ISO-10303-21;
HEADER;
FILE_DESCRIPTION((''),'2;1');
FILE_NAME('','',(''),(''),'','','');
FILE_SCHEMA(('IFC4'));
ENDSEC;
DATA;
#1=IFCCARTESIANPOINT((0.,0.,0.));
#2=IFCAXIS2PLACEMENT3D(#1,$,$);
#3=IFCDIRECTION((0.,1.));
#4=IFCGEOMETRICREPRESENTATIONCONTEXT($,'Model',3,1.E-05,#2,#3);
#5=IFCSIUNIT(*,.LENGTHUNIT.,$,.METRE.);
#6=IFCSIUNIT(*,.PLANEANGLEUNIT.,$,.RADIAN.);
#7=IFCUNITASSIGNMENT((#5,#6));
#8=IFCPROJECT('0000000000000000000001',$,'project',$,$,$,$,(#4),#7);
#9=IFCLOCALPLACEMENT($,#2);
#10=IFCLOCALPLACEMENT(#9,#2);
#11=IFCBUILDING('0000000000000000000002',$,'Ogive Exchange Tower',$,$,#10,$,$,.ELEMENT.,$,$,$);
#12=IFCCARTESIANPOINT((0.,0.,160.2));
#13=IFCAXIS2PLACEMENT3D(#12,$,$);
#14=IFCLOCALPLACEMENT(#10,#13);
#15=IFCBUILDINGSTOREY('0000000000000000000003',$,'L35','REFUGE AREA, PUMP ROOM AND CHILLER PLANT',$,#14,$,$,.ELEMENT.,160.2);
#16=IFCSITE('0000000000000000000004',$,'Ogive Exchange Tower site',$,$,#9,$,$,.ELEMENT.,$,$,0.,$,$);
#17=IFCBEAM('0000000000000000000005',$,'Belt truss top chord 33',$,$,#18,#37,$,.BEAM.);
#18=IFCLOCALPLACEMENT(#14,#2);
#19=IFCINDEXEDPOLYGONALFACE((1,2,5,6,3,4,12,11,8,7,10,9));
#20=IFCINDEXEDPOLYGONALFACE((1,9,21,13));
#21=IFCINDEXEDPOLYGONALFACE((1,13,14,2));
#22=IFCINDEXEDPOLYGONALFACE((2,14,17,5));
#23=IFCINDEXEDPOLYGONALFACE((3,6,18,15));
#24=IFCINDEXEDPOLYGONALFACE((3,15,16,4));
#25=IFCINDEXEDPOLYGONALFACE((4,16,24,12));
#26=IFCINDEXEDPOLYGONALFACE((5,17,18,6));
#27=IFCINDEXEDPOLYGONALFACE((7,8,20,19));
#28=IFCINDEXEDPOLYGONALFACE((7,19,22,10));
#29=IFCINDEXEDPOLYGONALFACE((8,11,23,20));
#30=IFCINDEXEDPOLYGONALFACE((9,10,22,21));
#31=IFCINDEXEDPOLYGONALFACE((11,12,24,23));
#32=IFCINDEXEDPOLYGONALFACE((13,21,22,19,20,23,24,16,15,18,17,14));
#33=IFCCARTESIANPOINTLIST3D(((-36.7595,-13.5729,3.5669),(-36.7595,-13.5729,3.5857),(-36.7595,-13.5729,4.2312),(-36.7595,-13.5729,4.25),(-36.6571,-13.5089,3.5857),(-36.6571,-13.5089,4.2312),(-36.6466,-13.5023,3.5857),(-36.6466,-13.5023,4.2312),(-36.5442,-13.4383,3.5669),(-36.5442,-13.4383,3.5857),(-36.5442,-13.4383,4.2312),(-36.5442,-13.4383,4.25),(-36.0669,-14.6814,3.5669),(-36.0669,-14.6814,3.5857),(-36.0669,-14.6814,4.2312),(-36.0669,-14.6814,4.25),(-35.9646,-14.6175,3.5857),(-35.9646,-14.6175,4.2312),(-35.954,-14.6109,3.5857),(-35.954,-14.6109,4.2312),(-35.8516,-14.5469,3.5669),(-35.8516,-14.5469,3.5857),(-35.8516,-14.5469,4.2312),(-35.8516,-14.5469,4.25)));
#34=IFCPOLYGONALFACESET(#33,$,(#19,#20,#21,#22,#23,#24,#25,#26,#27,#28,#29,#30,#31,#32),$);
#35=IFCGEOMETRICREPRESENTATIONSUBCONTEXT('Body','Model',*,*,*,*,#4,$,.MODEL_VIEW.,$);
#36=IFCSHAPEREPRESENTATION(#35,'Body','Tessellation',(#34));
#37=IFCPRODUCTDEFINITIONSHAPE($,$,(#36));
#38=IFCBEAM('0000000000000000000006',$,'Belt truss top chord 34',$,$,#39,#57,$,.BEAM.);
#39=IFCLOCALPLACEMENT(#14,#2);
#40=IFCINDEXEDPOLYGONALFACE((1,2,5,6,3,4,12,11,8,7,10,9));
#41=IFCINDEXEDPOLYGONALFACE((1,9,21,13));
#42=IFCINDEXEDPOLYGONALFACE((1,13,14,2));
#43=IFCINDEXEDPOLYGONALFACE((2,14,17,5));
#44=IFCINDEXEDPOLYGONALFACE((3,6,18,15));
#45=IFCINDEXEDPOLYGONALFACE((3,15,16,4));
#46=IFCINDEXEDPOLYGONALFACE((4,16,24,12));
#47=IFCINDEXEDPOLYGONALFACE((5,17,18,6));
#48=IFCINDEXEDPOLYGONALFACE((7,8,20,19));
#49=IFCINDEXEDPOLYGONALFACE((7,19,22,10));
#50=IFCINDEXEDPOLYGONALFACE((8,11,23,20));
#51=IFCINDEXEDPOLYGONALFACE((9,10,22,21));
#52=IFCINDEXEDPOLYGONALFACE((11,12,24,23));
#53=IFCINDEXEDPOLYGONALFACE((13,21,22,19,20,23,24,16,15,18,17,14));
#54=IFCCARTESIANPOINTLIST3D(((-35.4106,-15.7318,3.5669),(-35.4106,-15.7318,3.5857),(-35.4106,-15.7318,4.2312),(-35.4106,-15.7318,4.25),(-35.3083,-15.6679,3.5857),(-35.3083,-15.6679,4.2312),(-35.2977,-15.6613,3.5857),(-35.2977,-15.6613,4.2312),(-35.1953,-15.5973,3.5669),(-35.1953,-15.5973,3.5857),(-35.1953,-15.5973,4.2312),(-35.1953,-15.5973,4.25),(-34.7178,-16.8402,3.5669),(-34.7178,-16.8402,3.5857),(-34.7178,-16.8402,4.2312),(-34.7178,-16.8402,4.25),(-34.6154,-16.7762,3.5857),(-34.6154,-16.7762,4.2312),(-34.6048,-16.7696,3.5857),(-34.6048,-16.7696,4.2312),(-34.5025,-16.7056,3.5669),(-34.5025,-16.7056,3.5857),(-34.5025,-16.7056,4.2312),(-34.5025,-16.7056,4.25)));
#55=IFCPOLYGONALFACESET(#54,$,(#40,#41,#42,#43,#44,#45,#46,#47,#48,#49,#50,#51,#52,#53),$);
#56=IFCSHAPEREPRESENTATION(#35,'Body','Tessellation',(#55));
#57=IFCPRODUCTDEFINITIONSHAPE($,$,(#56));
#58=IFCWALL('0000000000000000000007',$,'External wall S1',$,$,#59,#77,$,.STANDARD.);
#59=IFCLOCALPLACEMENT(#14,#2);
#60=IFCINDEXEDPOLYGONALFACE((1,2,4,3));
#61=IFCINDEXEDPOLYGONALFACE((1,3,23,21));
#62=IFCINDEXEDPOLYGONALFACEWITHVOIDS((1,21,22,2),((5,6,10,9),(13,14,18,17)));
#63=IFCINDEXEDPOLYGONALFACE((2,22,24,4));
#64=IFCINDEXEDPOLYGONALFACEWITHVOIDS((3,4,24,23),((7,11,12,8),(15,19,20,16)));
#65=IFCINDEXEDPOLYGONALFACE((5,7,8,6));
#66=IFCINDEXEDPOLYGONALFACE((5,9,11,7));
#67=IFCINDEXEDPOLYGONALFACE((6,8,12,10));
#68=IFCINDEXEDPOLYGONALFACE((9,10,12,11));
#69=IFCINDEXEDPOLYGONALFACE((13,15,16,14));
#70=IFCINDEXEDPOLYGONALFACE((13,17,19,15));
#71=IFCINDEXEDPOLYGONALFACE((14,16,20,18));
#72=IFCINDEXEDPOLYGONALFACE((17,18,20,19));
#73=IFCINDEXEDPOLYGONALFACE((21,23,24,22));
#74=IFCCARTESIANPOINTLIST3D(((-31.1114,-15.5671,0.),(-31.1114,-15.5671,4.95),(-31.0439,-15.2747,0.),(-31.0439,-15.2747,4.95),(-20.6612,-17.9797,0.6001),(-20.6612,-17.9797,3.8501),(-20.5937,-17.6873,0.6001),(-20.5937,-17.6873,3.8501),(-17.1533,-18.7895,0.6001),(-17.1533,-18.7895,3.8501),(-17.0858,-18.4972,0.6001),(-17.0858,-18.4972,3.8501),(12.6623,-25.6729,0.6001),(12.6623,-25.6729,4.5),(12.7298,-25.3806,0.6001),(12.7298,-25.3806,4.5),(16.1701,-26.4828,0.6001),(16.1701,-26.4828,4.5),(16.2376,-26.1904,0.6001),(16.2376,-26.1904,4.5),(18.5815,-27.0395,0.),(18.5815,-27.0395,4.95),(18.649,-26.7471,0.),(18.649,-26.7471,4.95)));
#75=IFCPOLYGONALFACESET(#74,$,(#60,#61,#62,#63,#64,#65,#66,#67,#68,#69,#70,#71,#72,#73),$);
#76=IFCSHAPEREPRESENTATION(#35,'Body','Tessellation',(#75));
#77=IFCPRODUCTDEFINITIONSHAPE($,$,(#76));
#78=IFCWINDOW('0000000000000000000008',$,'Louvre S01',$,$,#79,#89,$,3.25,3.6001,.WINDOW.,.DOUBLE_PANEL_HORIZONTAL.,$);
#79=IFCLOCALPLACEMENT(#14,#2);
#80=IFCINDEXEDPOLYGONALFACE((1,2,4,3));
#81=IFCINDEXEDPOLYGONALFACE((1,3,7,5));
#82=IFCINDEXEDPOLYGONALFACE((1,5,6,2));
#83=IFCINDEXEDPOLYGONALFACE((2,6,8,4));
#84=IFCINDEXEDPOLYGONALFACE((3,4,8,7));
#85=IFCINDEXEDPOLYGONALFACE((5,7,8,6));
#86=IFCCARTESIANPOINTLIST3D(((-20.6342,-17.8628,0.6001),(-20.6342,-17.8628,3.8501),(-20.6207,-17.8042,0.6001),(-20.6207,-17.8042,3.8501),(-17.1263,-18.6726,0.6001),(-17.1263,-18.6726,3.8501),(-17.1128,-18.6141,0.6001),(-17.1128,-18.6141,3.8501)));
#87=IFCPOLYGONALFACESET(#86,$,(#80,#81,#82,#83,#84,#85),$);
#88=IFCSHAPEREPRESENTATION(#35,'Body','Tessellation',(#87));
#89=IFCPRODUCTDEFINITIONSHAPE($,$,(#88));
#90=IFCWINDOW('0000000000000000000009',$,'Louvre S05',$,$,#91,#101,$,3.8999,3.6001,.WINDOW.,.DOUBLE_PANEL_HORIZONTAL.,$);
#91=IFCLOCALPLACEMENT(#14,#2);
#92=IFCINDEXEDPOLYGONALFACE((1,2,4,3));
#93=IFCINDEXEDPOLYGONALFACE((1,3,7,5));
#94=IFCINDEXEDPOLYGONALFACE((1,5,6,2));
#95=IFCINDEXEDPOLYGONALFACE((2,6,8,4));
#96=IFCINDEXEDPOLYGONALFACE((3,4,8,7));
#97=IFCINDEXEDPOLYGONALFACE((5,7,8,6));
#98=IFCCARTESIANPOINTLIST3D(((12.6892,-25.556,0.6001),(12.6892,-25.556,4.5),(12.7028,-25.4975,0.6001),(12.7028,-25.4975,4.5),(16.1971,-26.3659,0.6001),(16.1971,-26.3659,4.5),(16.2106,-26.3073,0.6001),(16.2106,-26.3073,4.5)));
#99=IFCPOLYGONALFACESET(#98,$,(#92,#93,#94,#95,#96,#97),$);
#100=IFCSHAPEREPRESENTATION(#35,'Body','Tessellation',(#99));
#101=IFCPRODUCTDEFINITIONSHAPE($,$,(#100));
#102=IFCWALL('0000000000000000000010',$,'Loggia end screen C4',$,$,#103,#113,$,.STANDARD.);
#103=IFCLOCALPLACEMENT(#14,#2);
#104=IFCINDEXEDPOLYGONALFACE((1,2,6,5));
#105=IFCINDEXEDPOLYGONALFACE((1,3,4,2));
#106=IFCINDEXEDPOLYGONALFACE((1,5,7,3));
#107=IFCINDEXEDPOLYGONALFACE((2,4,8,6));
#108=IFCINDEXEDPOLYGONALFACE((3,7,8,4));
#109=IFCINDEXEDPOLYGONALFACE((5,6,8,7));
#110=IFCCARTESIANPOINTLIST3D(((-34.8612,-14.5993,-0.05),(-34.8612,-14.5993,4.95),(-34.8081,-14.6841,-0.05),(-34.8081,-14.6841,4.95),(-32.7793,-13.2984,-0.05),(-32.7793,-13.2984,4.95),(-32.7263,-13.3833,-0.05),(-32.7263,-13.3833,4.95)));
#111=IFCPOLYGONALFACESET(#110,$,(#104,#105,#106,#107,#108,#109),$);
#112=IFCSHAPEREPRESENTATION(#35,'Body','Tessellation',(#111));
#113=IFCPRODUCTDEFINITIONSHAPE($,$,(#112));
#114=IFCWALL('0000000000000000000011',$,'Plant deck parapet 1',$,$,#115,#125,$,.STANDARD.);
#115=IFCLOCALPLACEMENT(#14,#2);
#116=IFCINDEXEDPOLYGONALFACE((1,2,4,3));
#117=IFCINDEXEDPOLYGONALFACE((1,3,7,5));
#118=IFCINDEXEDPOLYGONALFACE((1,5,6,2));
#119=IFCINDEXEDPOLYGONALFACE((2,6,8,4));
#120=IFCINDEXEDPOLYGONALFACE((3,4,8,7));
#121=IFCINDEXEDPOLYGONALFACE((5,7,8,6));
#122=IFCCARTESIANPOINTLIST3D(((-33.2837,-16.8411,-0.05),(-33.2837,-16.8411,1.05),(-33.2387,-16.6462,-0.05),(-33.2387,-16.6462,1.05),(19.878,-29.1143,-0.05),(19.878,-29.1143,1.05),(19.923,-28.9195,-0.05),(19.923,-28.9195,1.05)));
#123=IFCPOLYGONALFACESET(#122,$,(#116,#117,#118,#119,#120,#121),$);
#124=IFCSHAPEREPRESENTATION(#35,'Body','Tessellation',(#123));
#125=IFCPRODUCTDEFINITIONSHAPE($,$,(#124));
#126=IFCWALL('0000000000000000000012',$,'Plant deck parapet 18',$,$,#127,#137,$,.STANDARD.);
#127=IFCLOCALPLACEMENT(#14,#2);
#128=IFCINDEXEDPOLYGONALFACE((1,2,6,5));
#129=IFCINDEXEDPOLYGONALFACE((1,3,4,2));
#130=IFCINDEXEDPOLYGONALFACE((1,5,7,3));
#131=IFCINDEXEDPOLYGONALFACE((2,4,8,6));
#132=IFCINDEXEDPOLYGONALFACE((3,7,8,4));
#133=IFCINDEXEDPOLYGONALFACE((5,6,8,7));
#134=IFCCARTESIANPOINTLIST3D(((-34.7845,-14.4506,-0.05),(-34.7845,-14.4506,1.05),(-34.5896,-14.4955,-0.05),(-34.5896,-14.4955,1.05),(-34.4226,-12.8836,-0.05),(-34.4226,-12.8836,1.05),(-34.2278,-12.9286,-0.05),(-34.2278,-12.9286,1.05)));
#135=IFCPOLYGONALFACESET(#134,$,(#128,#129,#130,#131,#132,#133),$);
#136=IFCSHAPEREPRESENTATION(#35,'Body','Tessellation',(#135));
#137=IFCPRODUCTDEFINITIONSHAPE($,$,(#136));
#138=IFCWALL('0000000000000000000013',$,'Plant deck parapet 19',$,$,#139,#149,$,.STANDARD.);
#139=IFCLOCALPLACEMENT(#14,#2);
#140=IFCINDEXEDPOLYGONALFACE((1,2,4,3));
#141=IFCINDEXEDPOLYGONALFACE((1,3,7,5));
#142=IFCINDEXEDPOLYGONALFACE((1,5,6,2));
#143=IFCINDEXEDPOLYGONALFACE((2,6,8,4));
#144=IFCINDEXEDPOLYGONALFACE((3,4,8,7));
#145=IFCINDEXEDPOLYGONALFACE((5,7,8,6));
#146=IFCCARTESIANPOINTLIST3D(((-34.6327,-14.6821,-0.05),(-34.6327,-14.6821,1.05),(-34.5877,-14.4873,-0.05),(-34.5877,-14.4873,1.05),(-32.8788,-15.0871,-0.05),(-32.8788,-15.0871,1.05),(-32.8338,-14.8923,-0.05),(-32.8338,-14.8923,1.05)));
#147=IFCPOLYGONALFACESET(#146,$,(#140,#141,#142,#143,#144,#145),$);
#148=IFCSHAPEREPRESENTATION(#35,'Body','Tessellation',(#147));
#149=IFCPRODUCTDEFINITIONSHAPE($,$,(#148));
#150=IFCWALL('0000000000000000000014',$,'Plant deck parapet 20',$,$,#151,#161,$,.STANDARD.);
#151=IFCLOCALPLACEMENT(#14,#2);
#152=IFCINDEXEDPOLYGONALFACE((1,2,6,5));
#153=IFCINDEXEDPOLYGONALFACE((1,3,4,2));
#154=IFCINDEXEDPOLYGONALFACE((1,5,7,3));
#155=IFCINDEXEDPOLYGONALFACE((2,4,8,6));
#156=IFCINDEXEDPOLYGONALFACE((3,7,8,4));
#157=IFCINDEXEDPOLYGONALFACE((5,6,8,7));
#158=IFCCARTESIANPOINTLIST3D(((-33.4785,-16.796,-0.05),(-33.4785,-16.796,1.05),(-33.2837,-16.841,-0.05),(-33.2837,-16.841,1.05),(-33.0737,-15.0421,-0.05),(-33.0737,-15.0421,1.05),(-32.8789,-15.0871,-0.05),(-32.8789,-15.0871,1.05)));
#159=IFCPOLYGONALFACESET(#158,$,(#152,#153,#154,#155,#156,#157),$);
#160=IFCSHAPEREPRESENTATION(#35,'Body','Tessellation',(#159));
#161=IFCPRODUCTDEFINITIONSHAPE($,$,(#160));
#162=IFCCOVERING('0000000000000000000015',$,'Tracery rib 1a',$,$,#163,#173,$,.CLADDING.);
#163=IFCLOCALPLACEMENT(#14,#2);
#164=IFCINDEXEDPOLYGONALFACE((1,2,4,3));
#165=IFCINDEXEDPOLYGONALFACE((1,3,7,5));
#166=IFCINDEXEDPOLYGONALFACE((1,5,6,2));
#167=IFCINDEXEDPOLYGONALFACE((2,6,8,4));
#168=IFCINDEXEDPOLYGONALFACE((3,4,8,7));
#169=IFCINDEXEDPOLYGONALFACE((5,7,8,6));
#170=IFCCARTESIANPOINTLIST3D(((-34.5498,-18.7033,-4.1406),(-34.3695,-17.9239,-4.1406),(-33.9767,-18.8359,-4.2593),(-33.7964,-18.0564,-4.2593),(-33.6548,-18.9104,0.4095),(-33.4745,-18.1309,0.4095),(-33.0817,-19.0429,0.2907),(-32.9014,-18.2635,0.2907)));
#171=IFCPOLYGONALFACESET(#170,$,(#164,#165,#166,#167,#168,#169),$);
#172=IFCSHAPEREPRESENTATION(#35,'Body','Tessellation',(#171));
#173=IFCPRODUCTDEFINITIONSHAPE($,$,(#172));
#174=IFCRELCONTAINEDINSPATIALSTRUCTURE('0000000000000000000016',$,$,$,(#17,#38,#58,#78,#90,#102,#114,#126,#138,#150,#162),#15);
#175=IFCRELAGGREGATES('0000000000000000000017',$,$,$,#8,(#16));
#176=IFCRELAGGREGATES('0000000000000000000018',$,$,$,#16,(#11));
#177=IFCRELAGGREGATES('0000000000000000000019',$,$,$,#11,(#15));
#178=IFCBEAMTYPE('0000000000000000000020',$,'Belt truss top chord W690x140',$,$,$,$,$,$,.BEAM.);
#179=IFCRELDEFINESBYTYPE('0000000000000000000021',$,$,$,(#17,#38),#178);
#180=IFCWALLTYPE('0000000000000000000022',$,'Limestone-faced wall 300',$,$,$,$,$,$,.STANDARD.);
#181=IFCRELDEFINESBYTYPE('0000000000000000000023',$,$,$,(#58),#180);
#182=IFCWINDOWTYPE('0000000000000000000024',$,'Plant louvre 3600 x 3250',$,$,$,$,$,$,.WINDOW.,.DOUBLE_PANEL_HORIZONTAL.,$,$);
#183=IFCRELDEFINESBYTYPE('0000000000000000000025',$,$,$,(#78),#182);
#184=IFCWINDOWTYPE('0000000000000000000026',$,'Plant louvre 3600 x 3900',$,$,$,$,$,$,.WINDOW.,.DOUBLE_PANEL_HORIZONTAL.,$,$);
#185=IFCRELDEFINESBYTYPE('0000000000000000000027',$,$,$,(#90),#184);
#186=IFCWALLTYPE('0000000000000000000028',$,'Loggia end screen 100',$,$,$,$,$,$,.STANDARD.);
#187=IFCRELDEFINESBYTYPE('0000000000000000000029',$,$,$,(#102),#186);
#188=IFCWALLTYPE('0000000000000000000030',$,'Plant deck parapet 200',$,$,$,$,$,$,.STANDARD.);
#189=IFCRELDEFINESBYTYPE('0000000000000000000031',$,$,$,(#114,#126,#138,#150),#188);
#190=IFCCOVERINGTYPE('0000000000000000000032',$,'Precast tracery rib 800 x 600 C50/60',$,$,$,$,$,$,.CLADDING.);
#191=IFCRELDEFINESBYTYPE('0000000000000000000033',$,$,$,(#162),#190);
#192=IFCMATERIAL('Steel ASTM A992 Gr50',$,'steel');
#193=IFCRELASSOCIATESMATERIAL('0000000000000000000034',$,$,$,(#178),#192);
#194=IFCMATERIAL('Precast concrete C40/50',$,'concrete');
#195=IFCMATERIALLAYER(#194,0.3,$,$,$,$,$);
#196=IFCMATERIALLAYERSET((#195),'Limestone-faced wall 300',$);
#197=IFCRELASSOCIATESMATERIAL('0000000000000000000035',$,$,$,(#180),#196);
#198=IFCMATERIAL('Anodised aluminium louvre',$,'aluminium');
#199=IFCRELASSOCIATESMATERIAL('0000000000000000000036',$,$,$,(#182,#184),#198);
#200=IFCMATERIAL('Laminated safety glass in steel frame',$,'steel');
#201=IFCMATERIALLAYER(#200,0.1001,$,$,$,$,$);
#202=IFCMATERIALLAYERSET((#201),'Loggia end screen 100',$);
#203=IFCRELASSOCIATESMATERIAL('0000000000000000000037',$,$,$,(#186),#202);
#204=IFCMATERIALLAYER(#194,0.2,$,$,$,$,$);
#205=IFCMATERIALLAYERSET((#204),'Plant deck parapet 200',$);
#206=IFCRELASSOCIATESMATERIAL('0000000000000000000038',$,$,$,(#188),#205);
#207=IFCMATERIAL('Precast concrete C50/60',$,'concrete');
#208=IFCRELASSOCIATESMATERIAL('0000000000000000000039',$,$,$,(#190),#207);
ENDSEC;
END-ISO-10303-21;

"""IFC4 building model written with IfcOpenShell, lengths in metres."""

from ifc_helpers import new_model, si_unit, direction, frame, frame_2d, origin, origin_2d, place, context, subcontext, project, spatial, rectangle, i_section, extrude, material, layer, layer_set, material_profile, profile_set, type_object, element, fill, save


model = new_model("IFC4")

# Units and contexts
model_context = context("Model", 3, precision=1e-05, world=origin(), true_north=direction((0.0, 1.0)))
body_context = subcontext(model_context, "Body", "Model", "MODEL_VIEW")
ifc_project = project(units=[si_unit("LENGTHUNIT", "METRE"), si_unit("PLANEANGLEUNIT", "RADIAN")], contexts=[model_context])

# Site, building, storey
site_placement = place(None, origin())
site = spatial("IfcSite", under=ifc_project, at=site_placement, Name="Ogive Exchange Tower site", CompositionType="ELEMENT", RefElevation=0.0)
building_placement = place(site_placement, origin())
building = spatial("IfcBuilding", under=site, at=building_placement, Name="Ogive Exchange Tower", CompositionType="ELEMENT")
storey_placement = place(building_placement, frame((0.0, 0.0, 160.2)))
storey = spatial("IfcBuildingStorey", under=building, at=storey_placement, Name="L35", Description="REFUGE AREA, PUMP ROOM AND CHILLER PLANT", CompositionType="ELEMENT", Elevation=160.2)

# Shared definitions
ifc_material_1 = material(Name="Steel ASTM A992 Gr50", Category="steel")

# Beams
ifc_material_profile_1 = material_profile(ifc_material_1, i_section(OverallWidth=0.2539, OverallDepth=0.6831, WebThickness=0.0125, FlangeThickness=0.0188, at=origin_2d()), Name="W690x140")
ifc_profile_set_1 = profile_set([ifc_material_profile_1], Name="Steel ASTM A992 Gr50")
beam_type_1 = type_object("IfcBeamType", Name="Belt truss top chord W690x140", PredefinedType="BEAM", material=ifc_profile_set_1)
for number, where, z_axis, x_axis, name in (
    (1, (-36.6519, -13.5056, 3.9084), (0.529848, -0.848093, 0.0), (0.848093, 0.529848, 0.0), "Belt truss top chord 33"),
    (2, (-35.303, -15.6646, 3.9084), (0.530066, -0.847956, 0.0), (0.847956, 0.530066, 0.0), "Belt truss top chord 34"),
):
    element("IfcBeam", number, at=place(storey_placement, frame(where, z_axis=z_axis, x_axis=x_axis)), inside=storey, type_object=beam_type_1, Name=name, PredefinedType="BEAM", context=body_context, shape_type="SweptSolid", body=[
        extrude(i_section(OverallWidth=0.2539, OverallDepth=0.6831, WebThickness=0.0125, FlangeThickness=0.0188, at=origin_2d()), origin(), (0.0, 0.0, 1.0), 1.3071),
    ])

# Wall, openings, windows
ifc_material_2 = material(Name="Precast concrete C40/50", Category="concrete")
ifc_layer_1 = layer(ifc_material_2, 0.3)
ifc_layer_set_1 = layer_set([ifc_layer_1], Name="Limestone-faced wall 300")
wall_type_1 = type_object("IfcWallType", Name="Limestone-faced wall 300", PredefinedType="STANDARD", material=ifc_layer_set_1)
wall_1_placement = place(storey_placement, frame((-31.0776, -15.4209, 0.0), z_axis=(0.0, 0.0, 1.0), x_axis=(0.97437, -0.224949, 0.0)))
wall_1 = element("IfcWall", 3, at=wall_1_placement, inside=storey, type_object=wall_type_1, Name="External wall S1", PredefinedType="STANDARD", context=body_context, shape_type="SweptSolid", body=[
    extrude(rectangle(XDim=51.0, YDim=0.3, at=frame_2d((25.5, 0.0))), origin(), (0.0, 0.0, 1.0), 4.95),
])
opening_1_placement = place(wall_1_placement, frame((10.7251, 0.0, 0.6001)))
opening_1 = element("IfcOpeningElement", 4, at=opening_1_placement, cuts=wall_1, PredefinedType="OPENING", context=body_context, shape_type="SweptSolid", body=[
    extrude(rectangle(XDim=3.6001, YDim=3.25, at=frame_2d((1.8, 1.625))), frame((0.0, 0.1599, 0.0), z_axis=(0.0, -1.0, 0.0), x_axis=(1.0, 0.0, 0.0)), (0.0, 0.0, 1.0), 0.3201),
])
opening_2_placement = place(wall_1_placement, frame((44.925, 0.0, 0.6001)))
opening_2 = element("IfcOpeningElement", 5, at=opening_2_placement, cuts=wall_1, PredefinedType="OPENING", context=body_context, shape_type="SweptSolid", body=[
    extrude(rectangle(XDim=3.6001, YDim=3.8999, at=frame_2d((1.8, 1.95))), frame((0.0, 0.1599, 0.0), z_axis=(0.0, -1.0, 0.0), x_axis=(1.0, 0.0, 0.0)), (0.0, 0.0, 1.0), 0.3201),
])
ifc_material_3 = material(Name="Anodised aluminium louvre", Category="aluminium")
window_type_1 = type_object("IfcWindowType", Name="Plant louvre 3600 x 3250", PartitioningType="DOUBLE_PANEL_HORIZONTAL", PredefinedType="WINDOW", material=ifc_material_3)
window_1_placement = place(opening_1_placement, origin())
window_1 = element("IfcWindow", 6, at=window_1_placement, inside=storey, type_object=window_type_1, Name="Louvre S01", OverallHeight=3.25, OverallWidth=3.6001, PartitioningType="DOUBLE_PANEL_HORIZONTAL", PredefinedType="WINDOW", context=body_context, shape_type="SweptSolid", body=[
    extrude(rectangle(XDim=3.6001, YDim=3.25, at=frame_2d((1.8, 1.625))), frame((0.0, 0.03, 0.0), z_axis=(0.0, -1.0, 0.0), x_axis=(1.0, 0.0, 0.0)), (0.0, 0.0, 1.0), 0.0601),
])
fill(opening_1, window_1)
window_type_2 = type_object("IfcWindowType", Name="Plant louvre 3600 x 3900", PartitioningType="DOUBLE_PANEL_HORIZONTAL", PredefinedType="WINDOW", material=ifc_material_3)
window_2_placement = place(opening_2_placement, origin())
window_2 = element("IfcWindow", 7, at=window_2_placement, inside=storey, type_object=window_type_2, Name="Louvre S05", OverallHeight=3.8999, OverallWidth=3.6001, PartitioningType="DOUBLE_PANEL_HORIZONTAL", PredefinedType="WINDOW", context=body_context, shape_type="SweptSolid", body=[
    extrude(rectangle(XDim=3.6001, YDim=3.8999, at=frame_2d((1.8, 1.95))), frame((0.0, 0.03, 0.0), z_axis=(0.0, -1.0, 0.0), x_axis=(1.0, 0.0, 0.0)), (0.0, 0.0, 1.0), 0.0601),
])
fill(opening_2, window_2)

# Walls
ifc_material_4 = material(Name="Laminated safety glass in steel frame", Category="steel")
ifc_layer_2 = layer(ifc_material_4, 0.1001)
ifc_layer_set_2 = layer_set([ifc_layer_2], Name="Loggia end screen 100")
wall_type_2 = type_object("IfcWallType", Name="Loggia end screen 100", PredefinedType="STANDARD", material=ifc_layer_set_2)
wall_2_placement = place(storey_placement, frame((-32.7527, -13.3408, -0.05), z_axis=(0.0, 0.0, 1.0), x_axis=(-0.84806, -0.529901, 0.0)))
element("IfcWall", 8, at=wall_2_placement, inside=storey, type_object=wall_type_2, Name="Loggia end screen C4", PredefinedType="STANDARD", context=body_context, shape_type="SweptSolid", body=[
    extrude(rectangle(XDim=2.4548, YDim=0.1001, at=frame_2d((1.2275, 0.0))), origin(), (0.0, 0.0, 1.0), 5.0),
])
ifc_layer_3 = layer(ifc_material_2, 0.2)
ifc_layer_set_3 = layer_set([ifc_layer_3], Name="Plant deck parapet 200")
wall_type_3 = type_object("IfcWallType", Name="Plant deck parapet 200", PredefinedType="STANDARD", material=ifc_layer_set_3)
wall_3_placement = place(storey_placement, frame((-33.2612, -16.7437, -0.05), z_axis=(0.0, 0.0, 1.0), x_axis=(0.974371, -0.224949, 0.0)))
element("IfcWall", 9, at=wall_3_placement, inside=storey, type_object=wall_type_3, Name="Plant deck parapet 1", PredefinedType="STANDARD", context=body_context, shape_type="SweptSolid", body=[
    extrude(rectangle(XDim=54.5601, YDim=0.2, at=frame_2d((27.28, 0.0))), origin(), (0.0, 0.0, 1.0), 1.1001),
])
wall_4_placement = place(storey_placement, frame((-34.3252, -12.906, -0.05), z_axis=(0.0, 0.0, 1.0), x_axis=(-0.224993, -0.97436, 0.0)))
element("IfcWall", 10, at=wall_4_placement, inside=storey, type_object=wall_type_3, Name="Plant deck parapet 18", PredefinedType="STANDARD", context=body_context, shape_type="SweptSolid", body=[
    extrude(rectangle(XDim=1.6082, YDim=0.2, at=frame_2d((0.8042, 0.0))), origin(), (0.0, 0.0, 1.0), 1.1001),
])
for number, where, z_axis, x_axis, name in (
    (11, (-34.6101, -14.5847, -0.05), (0.0, 0.0, 1.0), (0.974357, -0.225008, 0.0), "Plant deck parapet 19"),
    (12, (-32.9763, -15.0647, -0.05), (0.0, 0.0, 1.0), (-0.224879, -0.974387, 0.0), "Plant deck parapet 20"),
):
    element("IfcWall", number, at=place(storey_placement, frame(where, z_axis=z_axis, x_axis=x_axis)), inside=storey, type_object=wall_type_3, Name=name, PredefinedType="STANDARD", context=body_context, shape_type="SweptSolid", body=[
        extrude(rectangle(XDim=1.8, YDim=0.2, at=frame_2d((0.8999, 0.0))), origin(), (0.0, 0.0, 1.0), 1.1001),
    ])

# Covering
ifc_material_5 = material(Name="Precast concrete C50/60", Category="concrete")
ifc_material_profile_2 = material_profile(ifc_material_5, rectangle(XDim=0.8, YDim=0.6001, at=origin_2d()), Name="RIB 800 x 600")
ifc_profile_set_2 = profile_set([ifc_material_profile_2], Name="Precast concrete C50/60")
covering_type = type_object("IfcCoveringType", Name="Precast tracery rib 800 x 600 C50/60", PredefinedType="CLADDING", material=ifc_profile_set_2)
covering_1_placement = place(storey_placement, frame((-34.1731, -18.3799, -4.2), z_axis=(0.192815, -0.044601, 0.980221), x_axis=(0.225364, 0.974275, 0.0)))
element("IfcCovering", 13, at=covering_1_placement, inside=storey, type_object=covering_type, Name="Tracery rib 1a", PredefinedType="CLADDING", context=body_context, shape_type="SweptSolid", body=[
    extrude(rectangle(XDim=0.8, YDim=0.6001, at=origin_2d()), origin(), (0.0, 0.0, 1.0), 4.6418),
])

save(model, "model.ifc")
